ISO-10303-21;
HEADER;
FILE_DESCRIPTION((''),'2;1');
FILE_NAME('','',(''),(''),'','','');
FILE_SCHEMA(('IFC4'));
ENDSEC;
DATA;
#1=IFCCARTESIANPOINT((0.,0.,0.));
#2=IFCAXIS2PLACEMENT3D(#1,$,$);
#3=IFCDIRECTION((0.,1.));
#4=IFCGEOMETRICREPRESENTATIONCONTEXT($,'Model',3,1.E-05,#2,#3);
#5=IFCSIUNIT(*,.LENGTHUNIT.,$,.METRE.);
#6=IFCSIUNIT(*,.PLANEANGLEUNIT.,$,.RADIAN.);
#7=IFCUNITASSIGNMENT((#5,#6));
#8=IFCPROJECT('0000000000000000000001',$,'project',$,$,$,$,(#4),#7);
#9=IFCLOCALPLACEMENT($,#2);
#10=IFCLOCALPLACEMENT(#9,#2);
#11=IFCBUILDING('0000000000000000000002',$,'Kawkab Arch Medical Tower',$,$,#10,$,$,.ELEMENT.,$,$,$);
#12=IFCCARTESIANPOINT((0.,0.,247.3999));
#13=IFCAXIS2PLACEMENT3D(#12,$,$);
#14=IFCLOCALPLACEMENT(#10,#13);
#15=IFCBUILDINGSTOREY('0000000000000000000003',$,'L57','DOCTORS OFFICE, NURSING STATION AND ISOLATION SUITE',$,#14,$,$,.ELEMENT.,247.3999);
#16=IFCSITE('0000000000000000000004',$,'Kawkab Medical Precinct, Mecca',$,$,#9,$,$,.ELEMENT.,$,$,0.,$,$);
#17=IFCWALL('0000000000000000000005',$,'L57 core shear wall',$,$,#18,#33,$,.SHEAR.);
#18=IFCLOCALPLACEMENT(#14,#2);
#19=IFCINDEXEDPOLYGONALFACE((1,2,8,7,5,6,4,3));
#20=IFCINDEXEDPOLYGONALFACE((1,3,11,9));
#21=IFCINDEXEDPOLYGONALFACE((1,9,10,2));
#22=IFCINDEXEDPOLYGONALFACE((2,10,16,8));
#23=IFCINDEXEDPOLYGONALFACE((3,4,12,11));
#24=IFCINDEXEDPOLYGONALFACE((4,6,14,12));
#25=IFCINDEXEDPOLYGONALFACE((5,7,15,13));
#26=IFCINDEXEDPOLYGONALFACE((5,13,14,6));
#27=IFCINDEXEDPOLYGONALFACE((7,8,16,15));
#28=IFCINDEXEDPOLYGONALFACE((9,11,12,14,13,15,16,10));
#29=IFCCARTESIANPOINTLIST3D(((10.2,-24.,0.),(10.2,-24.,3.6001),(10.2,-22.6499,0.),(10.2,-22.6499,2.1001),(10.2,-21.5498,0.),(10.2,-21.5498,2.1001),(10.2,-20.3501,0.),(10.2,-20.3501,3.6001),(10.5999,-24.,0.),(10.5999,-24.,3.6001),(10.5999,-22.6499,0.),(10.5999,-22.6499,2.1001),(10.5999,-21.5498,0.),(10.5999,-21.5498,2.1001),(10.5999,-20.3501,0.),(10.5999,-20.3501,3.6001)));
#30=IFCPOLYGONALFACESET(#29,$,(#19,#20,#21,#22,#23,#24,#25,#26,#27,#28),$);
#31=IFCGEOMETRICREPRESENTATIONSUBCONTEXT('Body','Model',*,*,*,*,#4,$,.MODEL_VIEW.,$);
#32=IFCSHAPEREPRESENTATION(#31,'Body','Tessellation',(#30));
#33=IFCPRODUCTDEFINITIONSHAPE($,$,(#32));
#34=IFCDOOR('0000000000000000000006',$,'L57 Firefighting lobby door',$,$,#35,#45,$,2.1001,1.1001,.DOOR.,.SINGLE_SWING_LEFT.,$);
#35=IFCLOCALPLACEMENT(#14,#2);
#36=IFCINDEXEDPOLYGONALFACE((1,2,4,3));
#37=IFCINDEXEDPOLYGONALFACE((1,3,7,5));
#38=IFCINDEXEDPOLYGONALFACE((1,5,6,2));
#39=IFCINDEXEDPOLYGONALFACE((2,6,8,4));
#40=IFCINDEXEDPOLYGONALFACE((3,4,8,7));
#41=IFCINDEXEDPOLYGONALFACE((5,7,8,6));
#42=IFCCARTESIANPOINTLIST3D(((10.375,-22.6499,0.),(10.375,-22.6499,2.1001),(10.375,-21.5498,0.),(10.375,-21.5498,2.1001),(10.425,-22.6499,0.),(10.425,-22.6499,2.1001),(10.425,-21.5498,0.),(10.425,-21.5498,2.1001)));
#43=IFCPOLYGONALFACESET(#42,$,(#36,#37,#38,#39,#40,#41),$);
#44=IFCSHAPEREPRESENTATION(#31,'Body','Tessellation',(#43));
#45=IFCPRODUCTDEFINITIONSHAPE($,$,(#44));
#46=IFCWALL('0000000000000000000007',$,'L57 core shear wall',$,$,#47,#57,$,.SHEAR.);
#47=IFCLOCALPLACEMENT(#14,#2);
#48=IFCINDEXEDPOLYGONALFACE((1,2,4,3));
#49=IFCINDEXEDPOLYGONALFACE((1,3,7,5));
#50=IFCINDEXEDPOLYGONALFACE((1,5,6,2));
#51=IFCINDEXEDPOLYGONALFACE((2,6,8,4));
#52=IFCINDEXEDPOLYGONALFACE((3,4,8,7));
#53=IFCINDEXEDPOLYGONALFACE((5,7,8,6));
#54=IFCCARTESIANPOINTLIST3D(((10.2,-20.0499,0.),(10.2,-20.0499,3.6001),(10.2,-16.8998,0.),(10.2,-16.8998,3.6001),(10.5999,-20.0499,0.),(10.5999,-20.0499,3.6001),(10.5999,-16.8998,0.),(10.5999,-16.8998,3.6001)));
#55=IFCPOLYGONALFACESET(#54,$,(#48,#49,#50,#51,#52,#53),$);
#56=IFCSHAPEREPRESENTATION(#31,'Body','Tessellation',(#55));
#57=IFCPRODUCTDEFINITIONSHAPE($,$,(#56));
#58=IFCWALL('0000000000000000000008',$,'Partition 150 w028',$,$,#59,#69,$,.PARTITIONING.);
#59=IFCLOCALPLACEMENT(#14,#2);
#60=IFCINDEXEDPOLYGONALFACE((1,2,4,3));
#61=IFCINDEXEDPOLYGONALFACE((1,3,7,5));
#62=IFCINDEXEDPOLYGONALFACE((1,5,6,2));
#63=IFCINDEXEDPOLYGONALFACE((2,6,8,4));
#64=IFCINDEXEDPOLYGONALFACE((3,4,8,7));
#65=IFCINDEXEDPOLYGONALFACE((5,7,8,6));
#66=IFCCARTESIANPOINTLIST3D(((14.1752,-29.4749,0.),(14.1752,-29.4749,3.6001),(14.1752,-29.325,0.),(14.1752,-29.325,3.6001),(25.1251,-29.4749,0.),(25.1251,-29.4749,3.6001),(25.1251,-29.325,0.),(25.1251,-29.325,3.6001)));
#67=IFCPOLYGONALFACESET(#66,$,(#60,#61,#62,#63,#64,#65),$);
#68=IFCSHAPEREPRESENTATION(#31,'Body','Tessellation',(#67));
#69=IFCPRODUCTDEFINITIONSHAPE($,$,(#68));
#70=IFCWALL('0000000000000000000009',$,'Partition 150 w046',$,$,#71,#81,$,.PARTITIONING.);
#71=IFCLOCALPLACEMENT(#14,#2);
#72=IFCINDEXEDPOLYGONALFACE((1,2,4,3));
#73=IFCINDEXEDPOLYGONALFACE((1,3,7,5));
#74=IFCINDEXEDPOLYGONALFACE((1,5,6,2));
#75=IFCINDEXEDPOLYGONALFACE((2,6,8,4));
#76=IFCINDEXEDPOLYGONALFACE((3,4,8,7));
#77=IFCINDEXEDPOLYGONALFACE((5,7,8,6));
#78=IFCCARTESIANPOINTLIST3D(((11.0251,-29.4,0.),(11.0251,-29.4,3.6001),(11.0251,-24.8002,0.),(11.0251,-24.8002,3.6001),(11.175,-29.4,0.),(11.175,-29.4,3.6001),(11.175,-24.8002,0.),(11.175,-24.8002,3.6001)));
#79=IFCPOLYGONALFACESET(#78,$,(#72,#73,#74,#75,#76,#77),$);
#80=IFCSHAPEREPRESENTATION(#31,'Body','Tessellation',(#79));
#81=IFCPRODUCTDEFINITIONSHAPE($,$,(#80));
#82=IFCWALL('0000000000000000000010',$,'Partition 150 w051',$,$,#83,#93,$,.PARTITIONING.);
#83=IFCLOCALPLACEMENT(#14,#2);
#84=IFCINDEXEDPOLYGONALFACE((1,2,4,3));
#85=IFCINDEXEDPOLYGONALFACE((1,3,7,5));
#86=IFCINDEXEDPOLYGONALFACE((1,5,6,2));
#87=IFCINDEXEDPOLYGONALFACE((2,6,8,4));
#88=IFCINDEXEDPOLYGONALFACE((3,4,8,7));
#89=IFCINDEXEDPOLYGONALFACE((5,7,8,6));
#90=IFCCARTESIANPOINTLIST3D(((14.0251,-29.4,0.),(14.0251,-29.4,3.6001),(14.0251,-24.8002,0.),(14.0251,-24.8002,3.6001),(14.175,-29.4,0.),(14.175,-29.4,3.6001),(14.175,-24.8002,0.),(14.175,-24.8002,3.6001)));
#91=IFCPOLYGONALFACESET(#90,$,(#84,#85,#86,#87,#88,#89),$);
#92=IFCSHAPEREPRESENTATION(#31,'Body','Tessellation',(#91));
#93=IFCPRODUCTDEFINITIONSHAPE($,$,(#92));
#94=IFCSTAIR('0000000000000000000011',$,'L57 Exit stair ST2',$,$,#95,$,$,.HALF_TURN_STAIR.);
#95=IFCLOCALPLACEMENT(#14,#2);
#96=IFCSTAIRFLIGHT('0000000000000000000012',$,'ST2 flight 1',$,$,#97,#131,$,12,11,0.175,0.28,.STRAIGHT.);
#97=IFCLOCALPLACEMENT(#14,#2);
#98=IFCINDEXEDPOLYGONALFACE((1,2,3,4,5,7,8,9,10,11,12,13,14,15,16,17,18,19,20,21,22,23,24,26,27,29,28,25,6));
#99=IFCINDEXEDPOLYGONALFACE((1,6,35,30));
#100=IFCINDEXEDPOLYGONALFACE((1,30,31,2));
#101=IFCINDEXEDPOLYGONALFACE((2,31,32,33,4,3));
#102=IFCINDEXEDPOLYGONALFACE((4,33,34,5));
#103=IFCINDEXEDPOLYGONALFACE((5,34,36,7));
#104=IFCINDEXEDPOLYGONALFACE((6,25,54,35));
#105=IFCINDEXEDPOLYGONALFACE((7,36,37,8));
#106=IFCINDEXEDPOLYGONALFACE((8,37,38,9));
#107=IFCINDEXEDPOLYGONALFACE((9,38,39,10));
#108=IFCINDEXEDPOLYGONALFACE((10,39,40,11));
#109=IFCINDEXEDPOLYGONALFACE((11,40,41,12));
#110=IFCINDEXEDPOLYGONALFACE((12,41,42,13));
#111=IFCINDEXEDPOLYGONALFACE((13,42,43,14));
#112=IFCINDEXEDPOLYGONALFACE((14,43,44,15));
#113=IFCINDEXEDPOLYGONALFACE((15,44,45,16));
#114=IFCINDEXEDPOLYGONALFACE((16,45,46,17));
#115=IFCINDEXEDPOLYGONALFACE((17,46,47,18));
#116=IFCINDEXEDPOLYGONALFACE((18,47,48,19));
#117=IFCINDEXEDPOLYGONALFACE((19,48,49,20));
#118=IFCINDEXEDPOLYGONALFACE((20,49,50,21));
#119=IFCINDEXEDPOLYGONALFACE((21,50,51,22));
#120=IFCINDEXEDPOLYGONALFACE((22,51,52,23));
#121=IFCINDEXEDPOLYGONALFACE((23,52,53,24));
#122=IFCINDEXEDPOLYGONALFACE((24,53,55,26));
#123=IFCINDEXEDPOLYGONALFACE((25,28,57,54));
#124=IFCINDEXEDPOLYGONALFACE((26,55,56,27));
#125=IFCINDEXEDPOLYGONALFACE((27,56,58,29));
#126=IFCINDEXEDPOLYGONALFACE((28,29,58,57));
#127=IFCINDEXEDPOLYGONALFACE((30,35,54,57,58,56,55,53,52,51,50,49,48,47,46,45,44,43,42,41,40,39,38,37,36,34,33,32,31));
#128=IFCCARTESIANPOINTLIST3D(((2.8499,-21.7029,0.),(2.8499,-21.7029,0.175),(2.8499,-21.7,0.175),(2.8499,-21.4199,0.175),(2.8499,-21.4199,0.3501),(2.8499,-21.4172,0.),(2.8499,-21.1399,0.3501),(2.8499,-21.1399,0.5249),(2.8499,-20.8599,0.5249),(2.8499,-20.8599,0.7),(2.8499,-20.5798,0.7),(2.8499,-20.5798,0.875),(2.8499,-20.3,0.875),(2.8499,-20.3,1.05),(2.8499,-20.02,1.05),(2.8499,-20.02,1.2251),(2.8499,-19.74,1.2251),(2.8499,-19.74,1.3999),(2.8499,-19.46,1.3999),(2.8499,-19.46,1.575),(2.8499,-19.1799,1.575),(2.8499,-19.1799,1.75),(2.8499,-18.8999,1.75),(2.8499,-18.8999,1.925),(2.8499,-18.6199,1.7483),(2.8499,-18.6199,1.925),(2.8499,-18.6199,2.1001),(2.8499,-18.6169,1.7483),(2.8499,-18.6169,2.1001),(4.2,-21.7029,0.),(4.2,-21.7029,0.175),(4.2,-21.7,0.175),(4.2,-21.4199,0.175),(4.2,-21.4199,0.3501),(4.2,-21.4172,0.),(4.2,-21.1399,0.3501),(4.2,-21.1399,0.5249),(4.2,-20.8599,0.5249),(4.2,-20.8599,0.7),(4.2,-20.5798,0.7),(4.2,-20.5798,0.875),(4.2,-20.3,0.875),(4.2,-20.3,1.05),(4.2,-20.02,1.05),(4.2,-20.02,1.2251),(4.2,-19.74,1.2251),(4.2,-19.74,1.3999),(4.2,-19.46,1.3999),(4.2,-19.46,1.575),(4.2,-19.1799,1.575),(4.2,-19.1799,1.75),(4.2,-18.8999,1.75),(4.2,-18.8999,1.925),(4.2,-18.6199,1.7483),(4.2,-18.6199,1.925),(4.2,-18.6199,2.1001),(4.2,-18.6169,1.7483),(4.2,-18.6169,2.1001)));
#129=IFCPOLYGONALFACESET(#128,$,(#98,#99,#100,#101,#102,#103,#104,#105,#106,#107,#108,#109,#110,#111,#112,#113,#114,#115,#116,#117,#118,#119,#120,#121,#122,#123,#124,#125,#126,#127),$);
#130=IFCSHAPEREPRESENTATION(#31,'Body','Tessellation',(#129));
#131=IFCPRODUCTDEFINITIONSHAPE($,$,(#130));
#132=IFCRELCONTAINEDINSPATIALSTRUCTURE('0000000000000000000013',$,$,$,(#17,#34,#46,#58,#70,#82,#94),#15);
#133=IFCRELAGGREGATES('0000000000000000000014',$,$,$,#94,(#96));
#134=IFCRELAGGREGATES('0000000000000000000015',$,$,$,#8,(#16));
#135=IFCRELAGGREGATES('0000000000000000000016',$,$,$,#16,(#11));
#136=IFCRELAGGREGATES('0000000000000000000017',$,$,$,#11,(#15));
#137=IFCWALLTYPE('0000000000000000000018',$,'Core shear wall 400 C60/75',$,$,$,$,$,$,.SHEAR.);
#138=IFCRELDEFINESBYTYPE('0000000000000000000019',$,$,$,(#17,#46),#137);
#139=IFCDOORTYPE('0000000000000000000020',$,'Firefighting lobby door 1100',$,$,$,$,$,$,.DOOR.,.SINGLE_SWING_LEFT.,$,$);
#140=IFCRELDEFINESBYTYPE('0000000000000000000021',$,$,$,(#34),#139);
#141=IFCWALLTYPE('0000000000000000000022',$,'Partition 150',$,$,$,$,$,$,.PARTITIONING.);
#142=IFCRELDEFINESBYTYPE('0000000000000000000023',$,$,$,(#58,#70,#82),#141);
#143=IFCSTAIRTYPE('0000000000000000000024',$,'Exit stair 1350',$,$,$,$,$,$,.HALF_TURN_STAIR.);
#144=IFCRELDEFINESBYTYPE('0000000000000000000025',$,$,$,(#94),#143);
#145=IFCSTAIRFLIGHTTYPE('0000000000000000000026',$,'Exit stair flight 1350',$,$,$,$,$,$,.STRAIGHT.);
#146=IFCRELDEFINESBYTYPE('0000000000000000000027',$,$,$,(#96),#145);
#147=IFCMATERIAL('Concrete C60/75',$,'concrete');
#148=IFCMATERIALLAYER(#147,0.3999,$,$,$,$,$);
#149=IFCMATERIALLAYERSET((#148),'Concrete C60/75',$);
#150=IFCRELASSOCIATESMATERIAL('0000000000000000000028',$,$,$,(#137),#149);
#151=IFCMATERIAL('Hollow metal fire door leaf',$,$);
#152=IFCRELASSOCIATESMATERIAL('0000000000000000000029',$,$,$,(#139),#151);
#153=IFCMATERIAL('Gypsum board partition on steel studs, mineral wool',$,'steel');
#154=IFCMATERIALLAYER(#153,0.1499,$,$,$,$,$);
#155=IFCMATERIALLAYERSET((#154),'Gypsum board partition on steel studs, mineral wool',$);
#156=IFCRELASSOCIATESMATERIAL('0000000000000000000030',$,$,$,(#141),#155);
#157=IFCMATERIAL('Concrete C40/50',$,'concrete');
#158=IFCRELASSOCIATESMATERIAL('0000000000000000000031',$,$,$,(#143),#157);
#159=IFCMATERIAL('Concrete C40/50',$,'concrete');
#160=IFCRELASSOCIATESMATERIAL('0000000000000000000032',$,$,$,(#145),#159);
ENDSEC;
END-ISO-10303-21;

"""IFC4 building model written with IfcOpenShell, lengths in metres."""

from ifc_helpers import new_model, si_unit, direction, frame, frame_2d, origin, place, context, subcontext, project, spatial, polyline, rectangle, outline, extrude, material, layer, layer_set, type_object, element, fill, aggregate, save


model = new_model("IFC4")

# Units and contexts
model_context = context("Model", 3, precision=1e-05, world=origin(), true_north=direction((0.0, 1.0)))
body_context = subcontext(model_context, "Body", "Model", "MODEL_VIEW")
ifc_project = project(units=[si_unit("LENGTHUNIT", "METRE"), si_unit("PLANEANGLEUNIT", "RADIAN")], contexts=[model_context])

# Site, building, storey
site_placement = place(None, origin())
site = spatial("IfcSite", under=ifc_project, at=site_placement, Name="Kawkab Medical Precinct, Mecca", CompositionType="ELEMENT", RefElevation=0.0)
building_placement = place(site_placement, origin())
building = spatial("IfcBuilding", under=site, at=building_placement, Name="Kawkab Arch Medical Tower", CompositionType="ELEMENT")
storey_placement = place(building_placement, frame((0.0, 0.0, 247.3999)))
storey = spatial("IfcBuildingStorey", under=building, at=storey_placement, Name="L57", Description="DOCTORS OFFICE, NURSING STATION AND ISOLATION SUITE", CompositionType="ELEMENT", Elevation=247.3999)

# Wall, opening, door
ifc_material_1 = material(Name="Concrete C60/75", Category="concrete")
ifc_layer_1 = layer(ifc_material_1, 0.3999)
ifc_layer_set_1 = layer_set([ifc_layer_1], Name="Concrete C60/75")
wall_type_1 = type_object("IfcWallType", Name="Core shear wall 400 C60/75", PredefinedType="SHEAR", material=ifc_layer_set_1)
wall_1_placement = place(storey_placement, frame((10.3999, -24.0, 0.0), z_axis=(0.0, 0.0, 1.0), x_axis=(0.0, 1.0, 0.0)))
wall_1 = element("IfcWall", 1, at=wall_1_placement, inside=storey, type_object=wall_type_1, Name="L57 core shear wall", PredefinedType="SHEAR", context=body_context, shape_type="SweptSolid", body=[
    extrude(rectangle(XDim=3.6499, YDim=0.3999, at=frame_2d((1.825, 0.0))), origin(), (0.0, 0.0, 1.0), 3.6001),
])
opening_1_placement = place(wall_1_placement, frame((1.3501, 0.0, 0.0)))
opening_1 = element("IfcOpeningElement", 2, at=opening_1_placement, cuts=wall_1, PredefinedType="OPENING", context=body_context, shape_type="SweptSolid", body=[
    extrude(rectangle(XDim=1.1001, YDim=2.1001, at=frame_2d((0.55, 1.05))), frame((0.0, 0.21, 0.0), z_axis=(0.0, -1.0, 0.0), x_axis=(1.0, 0.0, 0.0)), (0.0, 0.0, 1.0), 0.4199),
])
ifc_material_2 = material(Name="Hollow metal fire door leaf")
door_type_1 = type_object("IfcDoorType", Name="Firefighting lobby door 1100", OperationType="SINGLE_SWING_LEFT", PredefinedType="DOOR", material=ifc_material_2)
door_1_placement = place(opening_1_placement, origin())
door_1 = element("IfcDoor", 3, at=door_1_placement, inside=storey, type_object=door_type_1, Name="L57 Firefighting lobby door", OperationType="SINGLE_SWING_LEFT", OverallHeight=2.1001, OverallWidth=1.1001, PredefinedType="DOOR", context=body_context, shape_type="SweptSolid", body=[
    extrude(rectangle(XDim=1.1001, YDim=2.1001, at=frame_2d((0.55, 1.05))), frame((0.0, 0.0249, 0.0), z_axis=(0.0, -1.0, 0.0), x_axis=(1.0, 0.0, 0.0)), (0.0, 0.0, 1.0), 0.05),
])
fill(opening_1, door_1)

# Walls
wall_2_placement = place(storey_placement, frame((10.3999, -20.05, 0.0), z_axis=(0.0, 0.0, 1.0), x_axis=(0.0, 1.0, 0.0)))
element("IfcWall", 4, at=wall_2_placement, inside=storey, type_object=wall_type_1, Name="L57 core shear wall", PredefinedType="SHEAR", context=body_context, shape_type="SweptSolid", body=[
    extrude(rectangle(XDim=3.1501, YDim=0.3999, at=frame_2d((1.5752, 0.0))), origin(), (0.0, 0.0, 1.0), 3.6001),
])
ifc_material_3 = material(Name="Gypsum board partition on steel studs, mineral wool", Category="steel")
ifc_layer_2 = layer(ifc_material_3, 0.1499)
ifc_layer_set_2 = layer_set([ifc_layer_2], Name="Gypsum board partition on steel studs, mineral wool")
wall_type_2 = type_object("IfcWallType", Name="Partition 150", PredefinedType="PARTITIONING", material=ifc_layer_set_2)
wall_3_placement = place(storey_placement, frame((14.175, -29.3999, 0.0), z_axis=(0.0, 0.0, 1.0), x_axis=(1.0, 0.0, 0.0)))
element("IfcWall", 5, at=wall_3_placement, inside=storey, type_object=wall_type_2, Name="Partition 150 w028", PredefinedType="PARTITIONING", context=body_context, shape_type="SweptSolid", body=[
    extrude(rectangle(XDim=10.95, YDim=0.1499, at=frame_2d((5.4751, 0.0))), origin(), (0.0, 0.0, 1.0), 3.6001),
])
for number, where, z_axis, x_axis, name in (
    (6, (11.1001, -29.3999, 0.0), (0.0, 0.0, 1.0), (0.0, 1.0, 0.0), "Partition 150 w046"),
    (7, (14.1001, -29.3999, 0.0), (0.0, 0.0, 1.0), (0.0, 1.0, 0.0), "Partition 150 w051"),
):
    element("IfcWall", number, at=place(storey_placement, frame(where, z_axis=z_axis, x_axis=x_axis)), inside=storey, type_object=wall_type_2, Name=name, PredefinedType="PARTITIONING", context=body_context, shape_type="SweptSolid", body=[
        extrude(rectangle(XDim=4.5999, YDim=0.1499, at=frame_2d((2.2998, 0.0))), origin(), (0.0, 0.0, 1.0), 3.6001),
    ])

# Stair, stair flight
ifc_material_4 = material(Name="Concrete C40/50", Category="concrete")
stair_type = type_object("IfcStairType", Name="Exit stair 1350", PredefinedType="HALF_TURN_STAIR", material=ifc_material_4)
stair_placement = place(storey_placement, origin())
stair = element("IfcStair", 8, at=stair_placement, inside=storey, type_object=stair_type, Name="L57 Exit stair ST2", PredefinedType="HALF_TURN_STAIR")
ifc_material_5 = material(Name="Concrete C40/50", Category="concrete")
stair_flight_type = type_object("IfcStairFlightType", Name="Exit stair flight 1350", PredefinedType="STRAIGHT", material=ifc_material_5)
stair_flight_placement = place(storey_placement, frame((3.5249, -21.7, 0.0), z_axis=(0.0, 0.0, 1.0), x_axis=(0.0, 1.0, 0.0)))
stair_flight = element("IfcStairFlight", 9, at=stair_flight_placement, type_object=stair_flight_type, Name="ST2 flight 1", NumberOfRisers=12, NumberOfTreads=11, PredefinedType="STRAIGHT", RiserHeight=0.175, TreadLength=0.28, context=body_context, shape_type="SweptSolid", body=[
    extrude(outline(polyline([(-0.0029, 0.0), (-0.0029, 0.175), (0.0, 0.175), (0.28, 0.175), (0.28, 0.3501), (0.5601, 0.3501), (0.5601, 0.5249), (0.8401, 0.5249), (0.8401, 0.7), (1.1201, 0.7), (1.1201, 0.875), (1.3999, 0.875), (1.3999, 1.05), (1.6799, 1.05), (1.6799, 1.2251), (1.96, 1.2251), (1.96, 1.3999), (2.24, 1.3999), (2.24, 1.575), (2.52, 1.575), (2.52, 1.75), (2.8, 1.75), (2.8, 1.925), (3.0801, 1.925), (3.0801, 2.1001), (3.083, 2.1001), (3.083, 1.7483), (3.0801, 1.7483), (0.2827, 0.0), (-0.0029, 0.0)])), frame((0.0, 0.675, 0.0), z_axis=(0.0, -1.0, 0.0), x_axis=(1.0, 0.0, 0.0)), (0.0, 0.0, 1.0), 1.3501),
])
aggregate(stair, [stair_flight])

save(model, "model.ifc")
